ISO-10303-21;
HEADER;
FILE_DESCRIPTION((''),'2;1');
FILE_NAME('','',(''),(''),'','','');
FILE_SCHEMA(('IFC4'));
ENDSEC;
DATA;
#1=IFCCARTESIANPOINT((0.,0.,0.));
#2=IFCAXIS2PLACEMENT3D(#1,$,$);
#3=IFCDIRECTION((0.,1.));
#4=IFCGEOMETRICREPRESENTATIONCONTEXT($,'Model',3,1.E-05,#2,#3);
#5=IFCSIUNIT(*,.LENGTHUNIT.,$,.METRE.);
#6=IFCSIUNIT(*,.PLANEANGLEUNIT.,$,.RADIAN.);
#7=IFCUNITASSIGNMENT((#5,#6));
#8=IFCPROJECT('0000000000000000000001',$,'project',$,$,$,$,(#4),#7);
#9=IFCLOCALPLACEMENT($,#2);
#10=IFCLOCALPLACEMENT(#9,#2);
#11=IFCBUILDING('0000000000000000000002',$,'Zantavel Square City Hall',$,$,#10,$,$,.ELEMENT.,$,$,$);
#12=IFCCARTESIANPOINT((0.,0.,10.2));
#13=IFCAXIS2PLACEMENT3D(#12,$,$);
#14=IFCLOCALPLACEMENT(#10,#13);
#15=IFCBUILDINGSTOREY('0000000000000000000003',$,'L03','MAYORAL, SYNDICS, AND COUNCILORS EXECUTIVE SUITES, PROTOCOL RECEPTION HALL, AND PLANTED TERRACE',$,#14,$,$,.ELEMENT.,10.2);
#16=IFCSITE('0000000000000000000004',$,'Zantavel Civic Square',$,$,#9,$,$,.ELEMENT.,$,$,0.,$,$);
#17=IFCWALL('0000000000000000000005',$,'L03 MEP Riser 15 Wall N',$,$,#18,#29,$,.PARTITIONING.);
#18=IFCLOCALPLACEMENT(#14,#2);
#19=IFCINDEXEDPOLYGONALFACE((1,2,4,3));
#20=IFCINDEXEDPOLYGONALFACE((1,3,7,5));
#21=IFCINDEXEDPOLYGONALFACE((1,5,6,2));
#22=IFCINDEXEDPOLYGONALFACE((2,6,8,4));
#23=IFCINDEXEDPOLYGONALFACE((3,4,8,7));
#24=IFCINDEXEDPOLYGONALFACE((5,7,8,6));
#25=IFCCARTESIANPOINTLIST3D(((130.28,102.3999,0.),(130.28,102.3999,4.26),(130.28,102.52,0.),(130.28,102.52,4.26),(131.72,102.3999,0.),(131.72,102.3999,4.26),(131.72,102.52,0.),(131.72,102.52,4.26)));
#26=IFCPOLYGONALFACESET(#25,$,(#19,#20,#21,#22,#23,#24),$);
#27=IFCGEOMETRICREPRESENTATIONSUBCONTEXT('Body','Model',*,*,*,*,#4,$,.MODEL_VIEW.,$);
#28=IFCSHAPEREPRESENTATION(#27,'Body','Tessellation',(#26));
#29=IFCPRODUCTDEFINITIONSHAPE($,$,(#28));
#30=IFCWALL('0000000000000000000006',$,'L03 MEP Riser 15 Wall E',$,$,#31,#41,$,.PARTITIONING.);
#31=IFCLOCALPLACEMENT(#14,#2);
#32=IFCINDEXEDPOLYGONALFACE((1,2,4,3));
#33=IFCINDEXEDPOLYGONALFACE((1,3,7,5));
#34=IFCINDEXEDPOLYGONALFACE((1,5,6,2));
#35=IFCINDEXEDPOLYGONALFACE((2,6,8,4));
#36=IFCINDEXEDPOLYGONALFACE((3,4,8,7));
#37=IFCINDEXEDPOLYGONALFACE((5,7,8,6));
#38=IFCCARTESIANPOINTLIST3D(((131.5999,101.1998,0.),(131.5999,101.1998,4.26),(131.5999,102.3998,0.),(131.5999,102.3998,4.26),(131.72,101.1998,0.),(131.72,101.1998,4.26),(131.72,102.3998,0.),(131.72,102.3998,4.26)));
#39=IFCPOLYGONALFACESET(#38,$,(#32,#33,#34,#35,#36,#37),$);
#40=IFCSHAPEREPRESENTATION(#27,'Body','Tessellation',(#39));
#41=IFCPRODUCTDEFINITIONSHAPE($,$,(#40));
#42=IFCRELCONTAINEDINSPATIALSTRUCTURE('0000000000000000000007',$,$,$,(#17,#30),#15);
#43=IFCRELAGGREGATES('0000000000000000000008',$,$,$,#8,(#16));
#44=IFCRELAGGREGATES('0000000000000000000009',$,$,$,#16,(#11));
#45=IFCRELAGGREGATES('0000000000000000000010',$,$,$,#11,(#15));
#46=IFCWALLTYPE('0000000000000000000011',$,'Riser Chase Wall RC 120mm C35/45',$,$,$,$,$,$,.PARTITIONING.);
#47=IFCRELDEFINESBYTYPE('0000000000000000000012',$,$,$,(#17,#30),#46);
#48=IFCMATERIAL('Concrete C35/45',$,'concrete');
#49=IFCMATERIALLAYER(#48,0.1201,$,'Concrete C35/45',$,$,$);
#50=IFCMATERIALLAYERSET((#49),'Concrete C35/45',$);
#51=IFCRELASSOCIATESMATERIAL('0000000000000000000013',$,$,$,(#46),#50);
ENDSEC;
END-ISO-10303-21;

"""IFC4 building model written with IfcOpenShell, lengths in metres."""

from ifc_helpers import new_model, si_unit, direction, frame, frame_2d, origin, place, context, subcontext, project, spatial, rectangle, extrude, material, layer, layer_set, type_object, element, save


model = new_model("IFC4")

# Units and contexts
model_context = context("Model", 3, precision=1e-05, world=origin(), true_north=direction((0.0, 1.0)))
body_context = subcontext(model_context, "Body", "Model", "MODEL_VIEW")
ifc_project = project(units=[si_unit("LENGTHUNIT", "METRE"), si_unit("PLANEANGLEUNIT", "RADIAN")], contexts=[model_context])

# Site, building, storey
site_placement = place(None, origin())
site = spatial("IfcSite", under=ifc_project, at=site_placement, Name="Zantavel Civic Square", CompositionType="ELEMENT", RefElevation=0.0)
building_placement = place(site_placement, origin())
building = spatial("IfcBuilding", under=site, at=building_placement, Name="Zantavel Square City Hall", CompositionType="ELEMENT")
storey_placement = place(building_placement, frame((0.0, 0.0, 10.2)))
storey = spatial("IfcBuildingStorey", under=building, at=storey_placement, Name="L03", Description="MAYORAL, SYNDICS, AND COUNCILORS EXECUTIVE SUITES, PROTOCOL RECEPTION HALL, AND PLANTED TERRACE", CompositionType="ELEMENT", Elevation=10.2)

# Shared definitions
ifc_material_1 = material(Name="Concrete C35/45", Category="concrete")

# Walls
ifc_layer_1 = layer(ifc_material_1, 0.1201, Name="Concrete C35/45")
ifc_layer_set_1 = layer_set([ifc_layer_1], Name="Concrete C35/45")
wall_type_1 = type_object("IfcWallType", Name="Riser Chase Wall RC 120mm C35/45", PredefinedType="PARTITIONING", material=ifc_layer_set_1)
wall_1_placement = place(storey_placement, frame((130.28, 102.46, 0.0), z_axis=(0.0, 0.0, 1.0), x_axis=(1.0, 0.0, 0.0)))
element("IfcWall", 1, at=wall_1_placement, inside=storey, type_object=wall_type_1, Name="L03 MEP Riser 15 Wall N", PredefinedType="PARTITIONING", context=body_context, shape_type="SweptSolid", body=[
    extrude(rectangle(XDim=1.4399, YDim=0.1201, at=frame_2d((0.72, 0.0))), origin(), (0.0, 0.0, 1.0), 4.26),
])
wall_2_placement = place(storey_placement, frame((131.6599, 102.3999, 0.0), z_axis=(0.0, 0.0, 1.0), x_axis=(0.0, -1.0, 0.0)))
element("IfcWall", 2, at=wall_2_placement, inside=storey, type_object=wall_type_1, Name="L03 MEP Riser 15 Wall E", PredefinedType="PARTITIONING", context=body_context, shape_type="SweptSolid", body=[
    extrude(rectangle(XDim=1.2, YDim=0.1201, at=frame_2d((0.6001, 0.0))), origin(), (0.0, 0.0, 1.0), 4.26),
])

save(model, "model.ifc")
